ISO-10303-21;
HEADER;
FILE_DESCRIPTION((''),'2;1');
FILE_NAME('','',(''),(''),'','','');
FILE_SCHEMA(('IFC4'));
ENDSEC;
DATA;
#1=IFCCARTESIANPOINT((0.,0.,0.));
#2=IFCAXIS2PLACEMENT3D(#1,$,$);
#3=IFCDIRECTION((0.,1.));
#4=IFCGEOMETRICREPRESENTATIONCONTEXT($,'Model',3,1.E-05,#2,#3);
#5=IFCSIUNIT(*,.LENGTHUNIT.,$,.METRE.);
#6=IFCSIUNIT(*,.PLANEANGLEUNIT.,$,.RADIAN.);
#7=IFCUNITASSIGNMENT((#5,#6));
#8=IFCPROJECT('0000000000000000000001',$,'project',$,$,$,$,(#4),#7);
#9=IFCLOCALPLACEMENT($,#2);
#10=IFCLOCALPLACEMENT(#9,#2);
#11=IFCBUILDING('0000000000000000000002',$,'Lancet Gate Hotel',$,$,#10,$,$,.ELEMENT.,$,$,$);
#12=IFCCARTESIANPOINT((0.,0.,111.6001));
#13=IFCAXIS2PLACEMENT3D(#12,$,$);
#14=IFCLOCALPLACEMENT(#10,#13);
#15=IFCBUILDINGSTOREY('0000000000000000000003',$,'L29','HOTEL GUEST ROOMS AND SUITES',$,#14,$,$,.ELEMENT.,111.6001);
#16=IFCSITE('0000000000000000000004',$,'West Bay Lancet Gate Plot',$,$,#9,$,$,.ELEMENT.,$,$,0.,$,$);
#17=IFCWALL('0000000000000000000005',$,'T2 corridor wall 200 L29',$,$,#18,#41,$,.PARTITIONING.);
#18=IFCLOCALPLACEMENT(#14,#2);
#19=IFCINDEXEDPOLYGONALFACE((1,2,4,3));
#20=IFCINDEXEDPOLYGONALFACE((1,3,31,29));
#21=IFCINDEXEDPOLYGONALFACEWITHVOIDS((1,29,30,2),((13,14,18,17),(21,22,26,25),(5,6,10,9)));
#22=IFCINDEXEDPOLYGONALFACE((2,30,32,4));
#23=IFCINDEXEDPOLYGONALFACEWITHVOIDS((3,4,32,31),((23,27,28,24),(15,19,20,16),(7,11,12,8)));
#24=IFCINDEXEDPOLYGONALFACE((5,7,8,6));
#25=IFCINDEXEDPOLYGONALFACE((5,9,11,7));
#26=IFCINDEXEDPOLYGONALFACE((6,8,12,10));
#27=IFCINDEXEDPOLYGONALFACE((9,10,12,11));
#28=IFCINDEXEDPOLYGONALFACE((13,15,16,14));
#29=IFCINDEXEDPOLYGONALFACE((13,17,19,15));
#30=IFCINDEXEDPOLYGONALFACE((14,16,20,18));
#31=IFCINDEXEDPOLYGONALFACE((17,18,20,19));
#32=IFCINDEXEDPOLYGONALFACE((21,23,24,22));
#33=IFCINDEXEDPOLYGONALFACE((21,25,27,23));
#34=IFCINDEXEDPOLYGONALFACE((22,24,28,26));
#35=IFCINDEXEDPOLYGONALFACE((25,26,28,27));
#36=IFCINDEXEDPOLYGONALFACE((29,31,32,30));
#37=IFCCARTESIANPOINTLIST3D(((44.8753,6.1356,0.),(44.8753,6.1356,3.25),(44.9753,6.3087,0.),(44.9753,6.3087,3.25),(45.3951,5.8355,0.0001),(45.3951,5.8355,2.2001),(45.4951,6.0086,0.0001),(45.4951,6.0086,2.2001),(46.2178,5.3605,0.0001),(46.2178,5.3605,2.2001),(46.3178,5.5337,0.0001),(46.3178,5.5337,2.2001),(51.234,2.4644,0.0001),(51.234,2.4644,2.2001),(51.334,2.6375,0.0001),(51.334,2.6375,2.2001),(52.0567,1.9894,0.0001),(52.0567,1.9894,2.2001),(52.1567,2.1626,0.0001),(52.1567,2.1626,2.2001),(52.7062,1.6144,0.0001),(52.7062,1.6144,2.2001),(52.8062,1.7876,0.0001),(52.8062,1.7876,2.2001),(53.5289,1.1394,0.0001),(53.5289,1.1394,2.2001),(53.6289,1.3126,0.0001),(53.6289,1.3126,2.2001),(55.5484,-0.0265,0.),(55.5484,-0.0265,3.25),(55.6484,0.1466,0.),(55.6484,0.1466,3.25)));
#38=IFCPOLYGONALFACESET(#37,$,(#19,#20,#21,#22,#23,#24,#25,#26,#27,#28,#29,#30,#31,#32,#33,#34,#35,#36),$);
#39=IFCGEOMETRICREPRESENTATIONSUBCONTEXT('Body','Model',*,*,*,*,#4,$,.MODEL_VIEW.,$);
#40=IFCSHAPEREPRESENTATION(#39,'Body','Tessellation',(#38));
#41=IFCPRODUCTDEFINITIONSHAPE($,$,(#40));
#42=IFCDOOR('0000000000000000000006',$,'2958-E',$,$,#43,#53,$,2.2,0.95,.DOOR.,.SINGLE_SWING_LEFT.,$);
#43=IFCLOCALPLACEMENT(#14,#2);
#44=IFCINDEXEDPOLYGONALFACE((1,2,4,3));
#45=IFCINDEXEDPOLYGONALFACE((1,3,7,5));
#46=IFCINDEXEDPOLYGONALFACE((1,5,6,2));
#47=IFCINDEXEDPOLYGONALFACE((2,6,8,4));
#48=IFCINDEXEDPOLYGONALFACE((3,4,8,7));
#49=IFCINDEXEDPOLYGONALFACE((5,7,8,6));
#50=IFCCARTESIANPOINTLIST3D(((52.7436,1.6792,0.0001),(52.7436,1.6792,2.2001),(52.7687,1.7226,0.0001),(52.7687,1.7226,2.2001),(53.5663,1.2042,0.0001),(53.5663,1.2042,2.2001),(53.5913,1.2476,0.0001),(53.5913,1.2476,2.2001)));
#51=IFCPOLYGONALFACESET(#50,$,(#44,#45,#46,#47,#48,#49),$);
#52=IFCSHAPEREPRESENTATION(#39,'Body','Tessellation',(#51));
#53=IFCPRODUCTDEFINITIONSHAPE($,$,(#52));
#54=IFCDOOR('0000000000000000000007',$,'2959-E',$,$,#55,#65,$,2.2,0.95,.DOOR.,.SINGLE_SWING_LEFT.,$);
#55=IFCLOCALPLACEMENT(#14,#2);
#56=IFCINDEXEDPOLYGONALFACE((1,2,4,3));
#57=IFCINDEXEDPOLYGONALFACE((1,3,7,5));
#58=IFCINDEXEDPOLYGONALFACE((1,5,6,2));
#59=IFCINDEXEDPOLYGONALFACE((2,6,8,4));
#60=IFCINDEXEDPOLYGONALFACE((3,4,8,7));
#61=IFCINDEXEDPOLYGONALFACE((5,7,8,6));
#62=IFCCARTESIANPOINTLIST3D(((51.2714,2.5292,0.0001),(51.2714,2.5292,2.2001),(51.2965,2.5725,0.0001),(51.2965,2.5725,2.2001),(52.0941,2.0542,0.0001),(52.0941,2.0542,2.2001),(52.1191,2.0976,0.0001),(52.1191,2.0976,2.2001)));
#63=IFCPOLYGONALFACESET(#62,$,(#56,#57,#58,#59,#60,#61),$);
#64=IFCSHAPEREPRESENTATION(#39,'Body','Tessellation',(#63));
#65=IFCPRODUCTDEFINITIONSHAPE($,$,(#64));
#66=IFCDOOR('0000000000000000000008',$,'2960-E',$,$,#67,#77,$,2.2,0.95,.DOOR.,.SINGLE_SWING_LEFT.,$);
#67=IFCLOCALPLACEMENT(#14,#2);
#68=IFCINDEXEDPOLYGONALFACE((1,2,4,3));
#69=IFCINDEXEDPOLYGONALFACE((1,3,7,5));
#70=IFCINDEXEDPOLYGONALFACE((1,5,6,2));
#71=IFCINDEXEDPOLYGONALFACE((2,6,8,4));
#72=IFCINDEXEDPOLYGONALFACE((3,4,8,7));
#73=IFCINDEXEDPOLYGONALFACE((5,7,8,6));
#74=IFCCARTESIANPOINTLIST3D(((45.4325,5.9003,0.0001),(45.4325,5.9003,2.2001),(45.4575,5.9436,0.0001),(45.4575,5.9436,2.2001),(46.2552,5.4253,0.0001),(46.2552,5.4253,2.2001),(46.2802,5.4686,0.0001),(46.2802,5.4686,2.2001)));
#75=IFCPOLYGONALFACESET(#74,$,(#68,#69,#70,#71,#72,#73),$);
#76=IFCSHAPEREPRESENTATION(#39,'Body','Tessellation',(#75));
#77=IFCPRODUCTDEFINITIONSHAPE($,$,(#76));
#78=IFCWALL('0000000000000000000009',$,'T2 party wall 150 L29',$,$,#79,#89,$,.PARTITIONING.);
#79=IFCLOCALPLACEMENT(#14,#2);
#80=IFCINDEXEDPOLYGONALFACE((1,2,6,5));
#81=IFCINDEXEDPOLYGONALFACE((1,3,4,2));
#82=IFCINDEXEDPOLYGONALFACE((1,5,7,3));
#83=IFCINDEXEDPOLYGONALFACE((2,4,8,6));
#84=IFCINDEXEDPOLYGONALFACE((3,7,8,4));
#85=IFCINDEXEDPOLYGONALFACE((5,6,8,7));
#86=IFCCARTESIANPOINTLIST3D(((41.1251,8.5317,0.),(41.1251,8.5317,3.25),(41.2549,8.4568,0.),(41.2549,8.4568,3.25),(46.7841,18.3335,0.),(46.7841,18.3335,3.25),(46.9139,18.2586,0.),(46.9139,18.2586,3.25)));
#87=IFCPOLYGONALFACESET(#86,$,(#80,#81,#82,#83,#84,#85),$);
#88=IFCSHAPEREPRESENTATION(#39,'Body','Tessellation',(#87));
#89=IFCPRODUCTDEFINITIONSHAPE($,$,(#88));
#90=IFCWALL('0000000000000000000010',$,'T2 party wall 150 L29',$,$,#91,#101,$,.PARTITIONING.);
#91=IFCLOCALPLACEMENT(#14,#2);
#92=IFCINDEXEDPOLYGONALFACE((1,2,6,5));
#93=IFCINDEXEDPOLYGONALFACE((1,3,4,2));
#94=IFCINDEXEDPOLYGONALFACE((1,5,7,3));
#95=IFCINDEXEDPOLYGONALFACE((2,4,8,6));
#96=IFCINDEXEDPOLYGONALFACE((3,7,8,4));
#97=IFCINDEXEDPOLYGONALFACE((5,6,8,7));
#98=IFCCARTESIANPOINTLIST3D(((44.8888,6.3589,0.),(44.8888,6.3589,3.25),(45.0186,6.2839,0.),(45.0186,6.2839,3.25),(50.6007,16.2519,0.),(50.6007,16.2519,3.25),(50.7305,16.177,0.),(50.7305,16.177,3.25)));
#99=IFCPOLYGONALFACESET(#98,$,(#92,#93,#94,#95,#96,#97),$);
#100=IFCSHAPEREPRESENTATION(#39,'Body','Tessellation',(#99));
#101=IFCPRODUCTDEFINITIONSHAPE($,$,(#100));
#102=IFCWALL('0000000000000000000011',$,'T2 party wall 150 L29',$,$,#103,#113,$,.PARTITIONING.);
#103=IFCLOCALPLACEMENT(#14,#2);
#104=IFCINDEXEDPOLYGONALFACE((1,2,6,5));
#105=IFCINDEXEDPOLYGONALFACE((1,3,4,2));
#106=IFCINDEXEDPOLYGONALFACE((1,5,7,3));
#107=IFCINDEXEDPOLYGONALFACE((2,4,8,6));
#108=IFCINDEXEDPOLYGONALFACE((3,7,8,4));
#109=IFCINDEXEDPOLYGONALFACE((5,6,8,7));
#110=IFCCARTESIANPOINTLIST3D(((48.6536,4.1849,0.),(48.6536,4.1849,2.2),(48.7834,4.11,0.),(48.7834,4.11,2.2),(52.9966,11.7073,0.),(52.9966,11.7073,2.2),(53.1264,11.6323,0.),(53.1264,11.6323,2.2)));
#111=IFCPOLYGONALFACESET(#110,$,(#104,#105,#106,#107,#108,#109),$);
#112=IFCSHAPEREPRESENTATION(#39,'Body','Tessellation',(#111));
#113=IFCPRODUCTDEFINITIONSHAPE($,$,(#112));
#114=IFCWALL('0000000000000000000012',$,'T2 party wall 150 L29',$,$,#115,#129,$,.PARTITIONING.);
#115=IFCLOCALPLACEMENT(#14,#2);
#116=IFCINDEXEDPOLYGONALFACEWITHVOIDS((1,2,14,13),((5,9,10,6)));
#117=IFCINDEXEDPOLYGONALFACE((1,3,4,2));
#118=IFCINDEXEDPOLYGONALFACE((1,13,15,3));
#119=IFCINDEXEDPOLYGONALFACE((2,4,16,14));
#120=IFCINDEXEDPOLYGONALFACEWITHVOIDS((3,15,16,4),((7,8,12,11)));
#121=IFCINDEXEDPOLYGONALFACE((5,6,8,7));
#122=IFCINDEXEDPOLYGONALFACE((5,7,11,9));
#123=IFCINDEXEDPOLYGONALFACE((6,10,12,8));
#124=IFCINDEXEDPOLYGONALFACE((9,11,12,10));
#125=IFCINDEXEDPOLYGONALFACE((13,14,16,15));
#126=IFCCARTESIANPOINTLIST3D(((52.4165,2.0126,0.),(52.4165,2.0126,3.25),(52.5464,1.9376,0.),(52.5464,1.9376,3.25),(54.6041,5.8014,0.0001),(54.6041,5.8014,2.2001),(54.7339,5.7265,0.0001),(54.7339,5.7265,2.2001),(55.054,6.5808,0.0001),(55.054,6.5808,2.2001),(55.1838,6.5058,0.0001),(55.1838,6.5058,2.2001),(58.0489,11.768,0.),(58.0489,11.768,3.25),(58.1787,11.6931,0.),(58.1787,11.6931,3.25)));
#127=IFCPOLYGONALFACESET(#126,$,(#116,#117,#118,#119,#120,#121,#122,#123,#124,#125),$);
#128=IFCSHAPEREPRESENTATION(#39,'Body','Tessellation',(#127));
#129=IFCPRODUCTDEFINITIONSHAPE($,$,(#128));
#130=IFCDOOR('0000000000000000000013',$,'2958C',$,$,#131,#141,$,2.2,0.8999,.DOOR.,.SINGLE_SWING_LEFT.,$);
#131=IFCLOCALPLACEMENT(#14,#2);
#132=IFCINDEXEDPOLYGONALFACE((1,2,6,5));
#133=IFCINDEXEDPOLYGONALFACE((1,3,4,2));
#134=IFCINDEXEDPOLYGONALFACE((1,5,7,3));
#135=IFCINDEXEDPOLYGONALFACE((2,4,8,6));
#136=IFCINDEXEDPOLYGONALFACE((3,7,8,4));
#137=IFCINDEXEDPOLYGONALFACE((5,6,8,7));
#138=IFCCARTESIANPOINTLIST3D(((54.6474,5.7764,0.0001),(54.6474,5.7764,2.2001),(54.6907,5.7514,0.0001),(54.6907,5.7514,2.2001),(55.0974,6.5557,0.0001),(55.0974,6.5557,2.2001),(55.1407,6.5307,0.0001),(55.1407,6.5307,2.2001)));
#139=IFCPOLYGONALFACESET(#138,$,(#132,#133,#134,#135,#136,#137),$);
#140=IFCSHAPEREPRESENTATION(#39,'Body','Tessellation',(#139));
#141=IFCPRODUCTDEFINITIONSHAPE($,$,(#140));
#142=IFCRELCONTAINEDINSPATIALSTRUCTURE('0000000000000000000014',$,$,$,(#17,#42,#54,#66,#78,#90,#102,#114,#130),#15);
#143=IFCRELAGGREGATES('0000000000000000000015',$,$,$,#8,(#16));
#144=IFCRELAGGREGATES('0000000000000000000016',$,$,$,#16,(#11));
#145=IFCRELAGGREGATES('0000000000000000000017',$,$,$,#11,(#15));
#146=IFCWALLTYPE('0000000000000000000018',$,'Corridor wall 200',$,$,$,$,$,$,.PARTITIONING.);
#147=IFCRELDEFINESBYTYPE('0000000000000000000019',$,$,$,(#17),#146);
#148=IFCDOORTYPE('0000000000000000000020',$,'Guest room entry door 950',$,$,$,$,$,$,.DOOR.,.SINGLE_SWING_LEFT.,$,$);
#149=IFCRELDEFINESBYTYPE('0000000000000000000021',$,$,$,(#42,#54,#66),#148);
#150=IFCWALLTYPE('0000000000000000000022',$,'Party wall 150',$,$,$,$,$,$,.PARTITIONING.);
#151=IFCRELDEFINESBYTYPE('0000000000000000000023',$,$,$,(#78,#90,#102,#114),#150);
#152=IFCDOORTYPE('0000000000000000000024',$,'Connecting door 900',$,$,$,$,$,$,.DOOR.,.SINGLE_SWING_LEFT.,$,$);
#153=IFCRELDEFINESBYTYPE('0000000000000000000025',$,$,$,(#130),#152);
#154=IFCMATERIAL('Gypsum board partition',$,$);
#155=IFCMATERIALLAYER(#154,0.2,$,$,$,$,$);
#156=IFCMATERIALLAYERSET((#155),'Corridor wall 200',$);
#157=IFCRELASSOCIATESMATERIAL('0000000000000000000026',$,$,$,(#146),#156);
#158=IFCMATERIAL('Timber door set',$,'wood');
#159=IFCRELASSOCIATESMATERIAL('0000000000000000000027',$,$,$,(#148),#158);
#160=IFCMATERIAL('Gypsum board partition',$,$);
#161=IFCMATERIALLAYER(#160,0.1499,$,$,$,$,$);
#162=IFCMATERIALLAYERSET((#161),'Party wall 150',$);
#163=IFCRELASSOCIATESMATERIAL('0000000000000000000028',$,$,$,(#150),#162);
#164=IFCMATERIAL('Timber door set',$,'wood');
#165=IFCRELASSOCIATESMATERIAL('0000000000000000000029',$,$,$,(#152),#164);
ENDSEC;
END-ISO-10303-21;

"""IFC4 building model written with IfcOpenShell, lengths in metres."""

from ifc_helpers import new_model, si_unit, direction, frame, frame_2d, origin, place, context, subcontext, project, spatial, rectangle, extrude, material, layer, layer_set, type_object, element, fill, save


model = new_model("IFC4")

# Units and contexts
model_context = context("Model", 3, precision=1e-05, world=origin(), true_north=direction((0.0, 1.0)))
body_context = subcontext(model_context, "Body", "Model", "MODEL_VIEW")
ifc_project = project(units=[si_unit("LENGTHUNIT", "METRE"), si_unit("PLANEANGLEUNIT", "RADIAN")], contexts=[model_context])

# Site, building, storey
site_placement = place(None, origin())
site = spatial("IfcSite", under=ifc_project, at=site_placement, Name="West Bay Lancet Gate Plot", CompositionType="ELEMENT", RefElevation=0.0)
building_placement = place(site_placement, origin())
building = spatial("IfcBuilding", under=site, at=building_placement, Name="Lancet Gate Hotel", CompositionType="ELEMENT")
storey_placement = place(building_placement, frame((0.0, 0.0, 111.6001)))
storey = spatial("IfcBuildingStorey", under=building, at=storey_placement, Name="L29", Description="HOTEL GUEST ROOMS AND SUITES", CompositionType="ELEMENT", Elevation=111.6001)

# Wall, openings, doors
ifc_material_1 = material(Name="Gypsum board partition")
ifc_layer_1 = layer(ifc_material_1, 0.2)
ifc_layer_set_1 = layer_set([ifc_layer_1], Name="Corridor wall 200")
wall_type_1 = type_object("IfcWallType", Name="Corridor wall 200", PredefinedType="PARTITIONING", material=ifc_layer_set_1)
wall_1_placement = place(storey_placement, frame((44.9253, 6.2222, 0.0), z_axis=(0.0, 0.0, 1.0), x_axis=(0.866026, -0.5, 0.0)))
wall_1 = element("IfcWall", 1, at=wall_1_placement, inside=storey, type_object=wall_type_1, Name="T2 corridor wall 200 L29", PredefinedType="PARTITIONING", context=body_context, shape_type="SweptSolid", body=[
    extrude(rectangle(XDim=12.3242, YDim=0.2, at=frame_2d((6.1621, 0.0))), origin(), (0.0, 0.0, 1.0), 3.25),
])
opening_1_placement = place(wall_1_placement, frame((9.0422, 0.0, 0.0)))
opening_1 = element("IfcOpeningElement", 2, at=opening_1_placement, cuts=wall_1, PredefinedType="OPENING", context=body_context, shape_type="SweptSolid", body=[
    extrude(rectangle(XDim=0.95, YDim=2.2, at=frame_2d((0.4751, 1.1001))), frame((0.0, 0.1099, 0.0), z_axis=(0.0, -1.0, 0.0), x_axis=(1.0, 0.0, 0.0)), (0.0, 0.0, 1.0), 0.22),
])
opening_2_placement = place(wall_1_placement, frame((7.3423, 0.0, 0.0)))
opening_2 = element("IfcOpeningElement", 3, at=opening_2_placement, cuts=wall_1, PredefinedType="OPENING", context=body_context, shape_type="SweptSolid", body=[
    extrude(rectangle(XDim=0.95, YDim=2.2, at=frame_2d((0.4751, 1.1001))), frame((0.0, 0.1099, 0.0), z_axis=(0.0, -1.0, 0.0), x_axis=(1.0, 0.0, 0.0)), (0.0, 0.0, 1.0), 0.22),
])
opening_3_placement = place(wall_1_placement, frame((0.6001, 0.0, 0.0)))
opening_3 = element("IfcOpeningElement", 4, at=opening_3_placement, cuts=wall_1, PredefinedType="OPENING", context=body_context, shape_type="SweptSolid", body=[
    extrude(rectangle(XDim=0.95, YDim=2.2, at=frame_2d((0.4751, 1.1001))), frame((0.0, 0.1099, 0.0), z_axis=(0.0, -1.0, 0.0), x_axis=(1.0, 0.0, 0.0)), (0.0, 0.0, 1.0), 0.22),
])
ifc_material_2 = material(Name="Timber door set", Category="wood")
door_type_1 = type_object("IfcDoorType", Name="Guest room entry door 950", OperationType="SINGLE_SWING_LEFT", PredefinedType="DOOR", material=ifc_material_2)
door_1_placement = place(opening_1_placement, origin())
door_1 = element("IfcDoor", 5, at=door_1_placement, inside=storey, type_object=door_type_1, Name="2958-E", OperationType="SINGLE_SWING_LEFT", OverallHeight=2.2, OverallWidth=0.95, PredefinedType="DOOR", context=body_context, shape_type="SweptSolid", body=[
    extrude(rectangle(XDim=0.95, YDim=2.2, at=frame_2d((0.4751, 1.1001))), frame((0.0, 0.0249, 0.0), z_axis=(0.0, -1.0, 0.0), x_axis=(1.0, 0.0, 0.0)), (0.0, 0.0, 1.0), 0.05),
])
fill(opening_1, door_1)
door_2_placement = place(opening_2_placement, origin())
door_2 = element("IfcDoor", 6, at=door_2_placement, inside=storey, type_object=door_type_1, Name="2959-E", OperationType="SINGLE_SWING_LEFT", OverallHeight=2.2, OverallWidth=0.95, PredefinedType="DOOR", context=body_context, shape_type="SweptSolid", body=[
    extrude(rectangle(XDim=0.95, YDim=2.2, at=frame_2d((0.4751, 1.1001))), frame((0.0, 0.0249, 0.0), z_axis=(0.0, -1.0, 0.0), x_axis=(1.0, 0.0, 0.0)), (0.0, 0.0, 1.0), 0.05),
])
fill(opening_2, door_2)
door_3_placement = place(opening_3_placement, origin())
door_3 = element("IfcDoor", 7, at=door_3_placement, inside=storey, type_object=door_type_1, Name="2960-E", OperationType="SINGLE_SWING_LEFT", OverallHeight=2.2, OverallWidth=0.95, PredefinedType="DOOR", context=body_context, shape_type="SweptSolid", body=[
    extrude(rectangle(XDim=0.95, YDim=2.2, at=frame_2d((0.4751, 1.1001))), frame((0.0, 0.0249, 0.0), z_axis=(0.0, -1.0, 0.0), x_axis=(1.0, 0.0, 0.0)), (0.0, 0.0, 1.0), 0.05),
])
fill(opening_3, door_3)

# Walls
ifc_material_3 = material(Name="Gypsum board partition")
ifc_layer_2 = layer(ifc_material_3, 0.1499)
ifc_layer_set_2 = layer_set([ifc_layer_2], Name="Party wall 150")
wall_type_2 = type_object("IfcWallType", Name="Party wall 150", PredefinedType="PARTITIONING", material=ifc_layer_set_2)
wall_2_placement = place(storey_placement, frame((41.1899, 8.4941, 0.0), z_axis=(0.0, 0.0, 1.0), x_axis=(0.499993, 0.86603, 0.0)))
element("IfcWall", 8, at=wall_2_placement, inside=storey, type_object=wall_type_2, Name="T2 party wall 150 L29", PredefinedType="PARTITIONING", context=body_context, shape_type="SweptSolid", body=[
    extrude(rectangle(XDim=11.3181, YDim=0.1499, at=frame_2d((5.6592, 0.0))), origin(), (0.0, 0.0, 1.0), 3.25),
])
wall_3_placement = place(storey_placement, frame((44.9536, 6.3213, 0.0), z_axis=(0.0, 0.0, 1.0), x_axis=(0.50001, 0.86602, 0.0)))
element("IfcWall", 9, at=wall_3_placement, inside=storey, type_object=wall_type_2, Name="T2 party wall 150 L29", PredefinedType="PARTITIONING", context=body_context, shape_type="SweptSolid", body=[
    extrude(rectangle(XDim=11.4236, YDim=0.1499, at=frame_2d((5.7119, 0.0))), origin(), (0.0, 0.0, 1.0), 3.25),
])
wall_4_placement = place(storey_placement, frame((48.7185, 4.1475, 0.0), z_axis=(0.0, 0.0, 1.0), x_axis=(0.499993, 0.866029, 0.0)))
element("IfcWall", 10, at=wall_4_placement, inside=storey, type_object=wall_type_2, Name="T2 party wall 150 L29", PredefinedType="PARTITIONING", context=body_context, shape_type="SweptSolid", body=[
    extrude(rectangle(XDim=8.686, YDim=0.1499, at=frame_2d((4.343, 0.0))), origin(), (0.0, 0.0, 1.0), 2.2),
])

# Wall, opening, door
wall_5_placement = place(storey_placement, frame((52.4814, 1.9751, 0.0), z_axis=(0.0, 0.0, 1.0), x_axis=(0.500004, 0.866023, 0.0)))
wall_5 = element("IfcWall", 11, at=wall_5_placement, inside=storey, type_object=wall_type_2, Name="T2 party wall 150 L29", PredefinedType="PARTITIONING", context=body_context, shape_type="SweptSolid", body=[
    extrude(rectangle(XDim=11.2646, YDim=0.1499, at=frame_2d((5.6323, 0.0))), origin(), (0.0, 0.0, 1.0), 3.25),
])
opening_4_placement = place(wall_5_placement, frame((4.375, 0.0, 0.0)))
opening_4 = element("IfcOpeningElement", 12, at=opening_4_placement, cuts=wall_5, PredefinedType="OPENING", context=body_context, shape_type="SweptSolid", body=[
    extrude(rectangle(XDim=0.8999, YDim=2.2, at=frame_2d((0.45, 1.1001))), frame((0.0, 0.085, 0.0), z_axis=(0.0, -1.0, 0.0), x_axis=(1.0, 0.0, 0.0)), (0.0, 0.0, 1.0), 0.1699),
])
ifc_material_4 = material(Name="Timber door set", Category="wood")
door_type_2 = type_object("IfcDoorType", Name="Connecting door 900", OperationType="SINGLE_SWING_LEFT", PredefinedType="DOOR", material=ifc_material_4)
door_4_placement = place(opening_4_placement, origin())
door_4 = element("IfcDoor", 13, at=door_4_placement, inside=storey, type_object=door_type_2, Name="2958C", OperationType="SINGLE_SWING_LEFT", OverallHeight=2.2, OverallWidth=0.8999, PredefinedType="DOOR", context=body_context, shape_type="SweptSolid", body=[
    extrude(rectangle(XDim=0.8999, YDim=2.2, at=frame_2d((0.45, 1.1001))), frame((0.0, 0.0249, 0.0), z_axis=(0.0, -1.0, 0.0), x_axis=(1.0, 0.0, 0.0)), (0.0, 0.0, 1.0), 0.05),
])
fill(opening_4, door_4)

save(model, "model.ifc")
